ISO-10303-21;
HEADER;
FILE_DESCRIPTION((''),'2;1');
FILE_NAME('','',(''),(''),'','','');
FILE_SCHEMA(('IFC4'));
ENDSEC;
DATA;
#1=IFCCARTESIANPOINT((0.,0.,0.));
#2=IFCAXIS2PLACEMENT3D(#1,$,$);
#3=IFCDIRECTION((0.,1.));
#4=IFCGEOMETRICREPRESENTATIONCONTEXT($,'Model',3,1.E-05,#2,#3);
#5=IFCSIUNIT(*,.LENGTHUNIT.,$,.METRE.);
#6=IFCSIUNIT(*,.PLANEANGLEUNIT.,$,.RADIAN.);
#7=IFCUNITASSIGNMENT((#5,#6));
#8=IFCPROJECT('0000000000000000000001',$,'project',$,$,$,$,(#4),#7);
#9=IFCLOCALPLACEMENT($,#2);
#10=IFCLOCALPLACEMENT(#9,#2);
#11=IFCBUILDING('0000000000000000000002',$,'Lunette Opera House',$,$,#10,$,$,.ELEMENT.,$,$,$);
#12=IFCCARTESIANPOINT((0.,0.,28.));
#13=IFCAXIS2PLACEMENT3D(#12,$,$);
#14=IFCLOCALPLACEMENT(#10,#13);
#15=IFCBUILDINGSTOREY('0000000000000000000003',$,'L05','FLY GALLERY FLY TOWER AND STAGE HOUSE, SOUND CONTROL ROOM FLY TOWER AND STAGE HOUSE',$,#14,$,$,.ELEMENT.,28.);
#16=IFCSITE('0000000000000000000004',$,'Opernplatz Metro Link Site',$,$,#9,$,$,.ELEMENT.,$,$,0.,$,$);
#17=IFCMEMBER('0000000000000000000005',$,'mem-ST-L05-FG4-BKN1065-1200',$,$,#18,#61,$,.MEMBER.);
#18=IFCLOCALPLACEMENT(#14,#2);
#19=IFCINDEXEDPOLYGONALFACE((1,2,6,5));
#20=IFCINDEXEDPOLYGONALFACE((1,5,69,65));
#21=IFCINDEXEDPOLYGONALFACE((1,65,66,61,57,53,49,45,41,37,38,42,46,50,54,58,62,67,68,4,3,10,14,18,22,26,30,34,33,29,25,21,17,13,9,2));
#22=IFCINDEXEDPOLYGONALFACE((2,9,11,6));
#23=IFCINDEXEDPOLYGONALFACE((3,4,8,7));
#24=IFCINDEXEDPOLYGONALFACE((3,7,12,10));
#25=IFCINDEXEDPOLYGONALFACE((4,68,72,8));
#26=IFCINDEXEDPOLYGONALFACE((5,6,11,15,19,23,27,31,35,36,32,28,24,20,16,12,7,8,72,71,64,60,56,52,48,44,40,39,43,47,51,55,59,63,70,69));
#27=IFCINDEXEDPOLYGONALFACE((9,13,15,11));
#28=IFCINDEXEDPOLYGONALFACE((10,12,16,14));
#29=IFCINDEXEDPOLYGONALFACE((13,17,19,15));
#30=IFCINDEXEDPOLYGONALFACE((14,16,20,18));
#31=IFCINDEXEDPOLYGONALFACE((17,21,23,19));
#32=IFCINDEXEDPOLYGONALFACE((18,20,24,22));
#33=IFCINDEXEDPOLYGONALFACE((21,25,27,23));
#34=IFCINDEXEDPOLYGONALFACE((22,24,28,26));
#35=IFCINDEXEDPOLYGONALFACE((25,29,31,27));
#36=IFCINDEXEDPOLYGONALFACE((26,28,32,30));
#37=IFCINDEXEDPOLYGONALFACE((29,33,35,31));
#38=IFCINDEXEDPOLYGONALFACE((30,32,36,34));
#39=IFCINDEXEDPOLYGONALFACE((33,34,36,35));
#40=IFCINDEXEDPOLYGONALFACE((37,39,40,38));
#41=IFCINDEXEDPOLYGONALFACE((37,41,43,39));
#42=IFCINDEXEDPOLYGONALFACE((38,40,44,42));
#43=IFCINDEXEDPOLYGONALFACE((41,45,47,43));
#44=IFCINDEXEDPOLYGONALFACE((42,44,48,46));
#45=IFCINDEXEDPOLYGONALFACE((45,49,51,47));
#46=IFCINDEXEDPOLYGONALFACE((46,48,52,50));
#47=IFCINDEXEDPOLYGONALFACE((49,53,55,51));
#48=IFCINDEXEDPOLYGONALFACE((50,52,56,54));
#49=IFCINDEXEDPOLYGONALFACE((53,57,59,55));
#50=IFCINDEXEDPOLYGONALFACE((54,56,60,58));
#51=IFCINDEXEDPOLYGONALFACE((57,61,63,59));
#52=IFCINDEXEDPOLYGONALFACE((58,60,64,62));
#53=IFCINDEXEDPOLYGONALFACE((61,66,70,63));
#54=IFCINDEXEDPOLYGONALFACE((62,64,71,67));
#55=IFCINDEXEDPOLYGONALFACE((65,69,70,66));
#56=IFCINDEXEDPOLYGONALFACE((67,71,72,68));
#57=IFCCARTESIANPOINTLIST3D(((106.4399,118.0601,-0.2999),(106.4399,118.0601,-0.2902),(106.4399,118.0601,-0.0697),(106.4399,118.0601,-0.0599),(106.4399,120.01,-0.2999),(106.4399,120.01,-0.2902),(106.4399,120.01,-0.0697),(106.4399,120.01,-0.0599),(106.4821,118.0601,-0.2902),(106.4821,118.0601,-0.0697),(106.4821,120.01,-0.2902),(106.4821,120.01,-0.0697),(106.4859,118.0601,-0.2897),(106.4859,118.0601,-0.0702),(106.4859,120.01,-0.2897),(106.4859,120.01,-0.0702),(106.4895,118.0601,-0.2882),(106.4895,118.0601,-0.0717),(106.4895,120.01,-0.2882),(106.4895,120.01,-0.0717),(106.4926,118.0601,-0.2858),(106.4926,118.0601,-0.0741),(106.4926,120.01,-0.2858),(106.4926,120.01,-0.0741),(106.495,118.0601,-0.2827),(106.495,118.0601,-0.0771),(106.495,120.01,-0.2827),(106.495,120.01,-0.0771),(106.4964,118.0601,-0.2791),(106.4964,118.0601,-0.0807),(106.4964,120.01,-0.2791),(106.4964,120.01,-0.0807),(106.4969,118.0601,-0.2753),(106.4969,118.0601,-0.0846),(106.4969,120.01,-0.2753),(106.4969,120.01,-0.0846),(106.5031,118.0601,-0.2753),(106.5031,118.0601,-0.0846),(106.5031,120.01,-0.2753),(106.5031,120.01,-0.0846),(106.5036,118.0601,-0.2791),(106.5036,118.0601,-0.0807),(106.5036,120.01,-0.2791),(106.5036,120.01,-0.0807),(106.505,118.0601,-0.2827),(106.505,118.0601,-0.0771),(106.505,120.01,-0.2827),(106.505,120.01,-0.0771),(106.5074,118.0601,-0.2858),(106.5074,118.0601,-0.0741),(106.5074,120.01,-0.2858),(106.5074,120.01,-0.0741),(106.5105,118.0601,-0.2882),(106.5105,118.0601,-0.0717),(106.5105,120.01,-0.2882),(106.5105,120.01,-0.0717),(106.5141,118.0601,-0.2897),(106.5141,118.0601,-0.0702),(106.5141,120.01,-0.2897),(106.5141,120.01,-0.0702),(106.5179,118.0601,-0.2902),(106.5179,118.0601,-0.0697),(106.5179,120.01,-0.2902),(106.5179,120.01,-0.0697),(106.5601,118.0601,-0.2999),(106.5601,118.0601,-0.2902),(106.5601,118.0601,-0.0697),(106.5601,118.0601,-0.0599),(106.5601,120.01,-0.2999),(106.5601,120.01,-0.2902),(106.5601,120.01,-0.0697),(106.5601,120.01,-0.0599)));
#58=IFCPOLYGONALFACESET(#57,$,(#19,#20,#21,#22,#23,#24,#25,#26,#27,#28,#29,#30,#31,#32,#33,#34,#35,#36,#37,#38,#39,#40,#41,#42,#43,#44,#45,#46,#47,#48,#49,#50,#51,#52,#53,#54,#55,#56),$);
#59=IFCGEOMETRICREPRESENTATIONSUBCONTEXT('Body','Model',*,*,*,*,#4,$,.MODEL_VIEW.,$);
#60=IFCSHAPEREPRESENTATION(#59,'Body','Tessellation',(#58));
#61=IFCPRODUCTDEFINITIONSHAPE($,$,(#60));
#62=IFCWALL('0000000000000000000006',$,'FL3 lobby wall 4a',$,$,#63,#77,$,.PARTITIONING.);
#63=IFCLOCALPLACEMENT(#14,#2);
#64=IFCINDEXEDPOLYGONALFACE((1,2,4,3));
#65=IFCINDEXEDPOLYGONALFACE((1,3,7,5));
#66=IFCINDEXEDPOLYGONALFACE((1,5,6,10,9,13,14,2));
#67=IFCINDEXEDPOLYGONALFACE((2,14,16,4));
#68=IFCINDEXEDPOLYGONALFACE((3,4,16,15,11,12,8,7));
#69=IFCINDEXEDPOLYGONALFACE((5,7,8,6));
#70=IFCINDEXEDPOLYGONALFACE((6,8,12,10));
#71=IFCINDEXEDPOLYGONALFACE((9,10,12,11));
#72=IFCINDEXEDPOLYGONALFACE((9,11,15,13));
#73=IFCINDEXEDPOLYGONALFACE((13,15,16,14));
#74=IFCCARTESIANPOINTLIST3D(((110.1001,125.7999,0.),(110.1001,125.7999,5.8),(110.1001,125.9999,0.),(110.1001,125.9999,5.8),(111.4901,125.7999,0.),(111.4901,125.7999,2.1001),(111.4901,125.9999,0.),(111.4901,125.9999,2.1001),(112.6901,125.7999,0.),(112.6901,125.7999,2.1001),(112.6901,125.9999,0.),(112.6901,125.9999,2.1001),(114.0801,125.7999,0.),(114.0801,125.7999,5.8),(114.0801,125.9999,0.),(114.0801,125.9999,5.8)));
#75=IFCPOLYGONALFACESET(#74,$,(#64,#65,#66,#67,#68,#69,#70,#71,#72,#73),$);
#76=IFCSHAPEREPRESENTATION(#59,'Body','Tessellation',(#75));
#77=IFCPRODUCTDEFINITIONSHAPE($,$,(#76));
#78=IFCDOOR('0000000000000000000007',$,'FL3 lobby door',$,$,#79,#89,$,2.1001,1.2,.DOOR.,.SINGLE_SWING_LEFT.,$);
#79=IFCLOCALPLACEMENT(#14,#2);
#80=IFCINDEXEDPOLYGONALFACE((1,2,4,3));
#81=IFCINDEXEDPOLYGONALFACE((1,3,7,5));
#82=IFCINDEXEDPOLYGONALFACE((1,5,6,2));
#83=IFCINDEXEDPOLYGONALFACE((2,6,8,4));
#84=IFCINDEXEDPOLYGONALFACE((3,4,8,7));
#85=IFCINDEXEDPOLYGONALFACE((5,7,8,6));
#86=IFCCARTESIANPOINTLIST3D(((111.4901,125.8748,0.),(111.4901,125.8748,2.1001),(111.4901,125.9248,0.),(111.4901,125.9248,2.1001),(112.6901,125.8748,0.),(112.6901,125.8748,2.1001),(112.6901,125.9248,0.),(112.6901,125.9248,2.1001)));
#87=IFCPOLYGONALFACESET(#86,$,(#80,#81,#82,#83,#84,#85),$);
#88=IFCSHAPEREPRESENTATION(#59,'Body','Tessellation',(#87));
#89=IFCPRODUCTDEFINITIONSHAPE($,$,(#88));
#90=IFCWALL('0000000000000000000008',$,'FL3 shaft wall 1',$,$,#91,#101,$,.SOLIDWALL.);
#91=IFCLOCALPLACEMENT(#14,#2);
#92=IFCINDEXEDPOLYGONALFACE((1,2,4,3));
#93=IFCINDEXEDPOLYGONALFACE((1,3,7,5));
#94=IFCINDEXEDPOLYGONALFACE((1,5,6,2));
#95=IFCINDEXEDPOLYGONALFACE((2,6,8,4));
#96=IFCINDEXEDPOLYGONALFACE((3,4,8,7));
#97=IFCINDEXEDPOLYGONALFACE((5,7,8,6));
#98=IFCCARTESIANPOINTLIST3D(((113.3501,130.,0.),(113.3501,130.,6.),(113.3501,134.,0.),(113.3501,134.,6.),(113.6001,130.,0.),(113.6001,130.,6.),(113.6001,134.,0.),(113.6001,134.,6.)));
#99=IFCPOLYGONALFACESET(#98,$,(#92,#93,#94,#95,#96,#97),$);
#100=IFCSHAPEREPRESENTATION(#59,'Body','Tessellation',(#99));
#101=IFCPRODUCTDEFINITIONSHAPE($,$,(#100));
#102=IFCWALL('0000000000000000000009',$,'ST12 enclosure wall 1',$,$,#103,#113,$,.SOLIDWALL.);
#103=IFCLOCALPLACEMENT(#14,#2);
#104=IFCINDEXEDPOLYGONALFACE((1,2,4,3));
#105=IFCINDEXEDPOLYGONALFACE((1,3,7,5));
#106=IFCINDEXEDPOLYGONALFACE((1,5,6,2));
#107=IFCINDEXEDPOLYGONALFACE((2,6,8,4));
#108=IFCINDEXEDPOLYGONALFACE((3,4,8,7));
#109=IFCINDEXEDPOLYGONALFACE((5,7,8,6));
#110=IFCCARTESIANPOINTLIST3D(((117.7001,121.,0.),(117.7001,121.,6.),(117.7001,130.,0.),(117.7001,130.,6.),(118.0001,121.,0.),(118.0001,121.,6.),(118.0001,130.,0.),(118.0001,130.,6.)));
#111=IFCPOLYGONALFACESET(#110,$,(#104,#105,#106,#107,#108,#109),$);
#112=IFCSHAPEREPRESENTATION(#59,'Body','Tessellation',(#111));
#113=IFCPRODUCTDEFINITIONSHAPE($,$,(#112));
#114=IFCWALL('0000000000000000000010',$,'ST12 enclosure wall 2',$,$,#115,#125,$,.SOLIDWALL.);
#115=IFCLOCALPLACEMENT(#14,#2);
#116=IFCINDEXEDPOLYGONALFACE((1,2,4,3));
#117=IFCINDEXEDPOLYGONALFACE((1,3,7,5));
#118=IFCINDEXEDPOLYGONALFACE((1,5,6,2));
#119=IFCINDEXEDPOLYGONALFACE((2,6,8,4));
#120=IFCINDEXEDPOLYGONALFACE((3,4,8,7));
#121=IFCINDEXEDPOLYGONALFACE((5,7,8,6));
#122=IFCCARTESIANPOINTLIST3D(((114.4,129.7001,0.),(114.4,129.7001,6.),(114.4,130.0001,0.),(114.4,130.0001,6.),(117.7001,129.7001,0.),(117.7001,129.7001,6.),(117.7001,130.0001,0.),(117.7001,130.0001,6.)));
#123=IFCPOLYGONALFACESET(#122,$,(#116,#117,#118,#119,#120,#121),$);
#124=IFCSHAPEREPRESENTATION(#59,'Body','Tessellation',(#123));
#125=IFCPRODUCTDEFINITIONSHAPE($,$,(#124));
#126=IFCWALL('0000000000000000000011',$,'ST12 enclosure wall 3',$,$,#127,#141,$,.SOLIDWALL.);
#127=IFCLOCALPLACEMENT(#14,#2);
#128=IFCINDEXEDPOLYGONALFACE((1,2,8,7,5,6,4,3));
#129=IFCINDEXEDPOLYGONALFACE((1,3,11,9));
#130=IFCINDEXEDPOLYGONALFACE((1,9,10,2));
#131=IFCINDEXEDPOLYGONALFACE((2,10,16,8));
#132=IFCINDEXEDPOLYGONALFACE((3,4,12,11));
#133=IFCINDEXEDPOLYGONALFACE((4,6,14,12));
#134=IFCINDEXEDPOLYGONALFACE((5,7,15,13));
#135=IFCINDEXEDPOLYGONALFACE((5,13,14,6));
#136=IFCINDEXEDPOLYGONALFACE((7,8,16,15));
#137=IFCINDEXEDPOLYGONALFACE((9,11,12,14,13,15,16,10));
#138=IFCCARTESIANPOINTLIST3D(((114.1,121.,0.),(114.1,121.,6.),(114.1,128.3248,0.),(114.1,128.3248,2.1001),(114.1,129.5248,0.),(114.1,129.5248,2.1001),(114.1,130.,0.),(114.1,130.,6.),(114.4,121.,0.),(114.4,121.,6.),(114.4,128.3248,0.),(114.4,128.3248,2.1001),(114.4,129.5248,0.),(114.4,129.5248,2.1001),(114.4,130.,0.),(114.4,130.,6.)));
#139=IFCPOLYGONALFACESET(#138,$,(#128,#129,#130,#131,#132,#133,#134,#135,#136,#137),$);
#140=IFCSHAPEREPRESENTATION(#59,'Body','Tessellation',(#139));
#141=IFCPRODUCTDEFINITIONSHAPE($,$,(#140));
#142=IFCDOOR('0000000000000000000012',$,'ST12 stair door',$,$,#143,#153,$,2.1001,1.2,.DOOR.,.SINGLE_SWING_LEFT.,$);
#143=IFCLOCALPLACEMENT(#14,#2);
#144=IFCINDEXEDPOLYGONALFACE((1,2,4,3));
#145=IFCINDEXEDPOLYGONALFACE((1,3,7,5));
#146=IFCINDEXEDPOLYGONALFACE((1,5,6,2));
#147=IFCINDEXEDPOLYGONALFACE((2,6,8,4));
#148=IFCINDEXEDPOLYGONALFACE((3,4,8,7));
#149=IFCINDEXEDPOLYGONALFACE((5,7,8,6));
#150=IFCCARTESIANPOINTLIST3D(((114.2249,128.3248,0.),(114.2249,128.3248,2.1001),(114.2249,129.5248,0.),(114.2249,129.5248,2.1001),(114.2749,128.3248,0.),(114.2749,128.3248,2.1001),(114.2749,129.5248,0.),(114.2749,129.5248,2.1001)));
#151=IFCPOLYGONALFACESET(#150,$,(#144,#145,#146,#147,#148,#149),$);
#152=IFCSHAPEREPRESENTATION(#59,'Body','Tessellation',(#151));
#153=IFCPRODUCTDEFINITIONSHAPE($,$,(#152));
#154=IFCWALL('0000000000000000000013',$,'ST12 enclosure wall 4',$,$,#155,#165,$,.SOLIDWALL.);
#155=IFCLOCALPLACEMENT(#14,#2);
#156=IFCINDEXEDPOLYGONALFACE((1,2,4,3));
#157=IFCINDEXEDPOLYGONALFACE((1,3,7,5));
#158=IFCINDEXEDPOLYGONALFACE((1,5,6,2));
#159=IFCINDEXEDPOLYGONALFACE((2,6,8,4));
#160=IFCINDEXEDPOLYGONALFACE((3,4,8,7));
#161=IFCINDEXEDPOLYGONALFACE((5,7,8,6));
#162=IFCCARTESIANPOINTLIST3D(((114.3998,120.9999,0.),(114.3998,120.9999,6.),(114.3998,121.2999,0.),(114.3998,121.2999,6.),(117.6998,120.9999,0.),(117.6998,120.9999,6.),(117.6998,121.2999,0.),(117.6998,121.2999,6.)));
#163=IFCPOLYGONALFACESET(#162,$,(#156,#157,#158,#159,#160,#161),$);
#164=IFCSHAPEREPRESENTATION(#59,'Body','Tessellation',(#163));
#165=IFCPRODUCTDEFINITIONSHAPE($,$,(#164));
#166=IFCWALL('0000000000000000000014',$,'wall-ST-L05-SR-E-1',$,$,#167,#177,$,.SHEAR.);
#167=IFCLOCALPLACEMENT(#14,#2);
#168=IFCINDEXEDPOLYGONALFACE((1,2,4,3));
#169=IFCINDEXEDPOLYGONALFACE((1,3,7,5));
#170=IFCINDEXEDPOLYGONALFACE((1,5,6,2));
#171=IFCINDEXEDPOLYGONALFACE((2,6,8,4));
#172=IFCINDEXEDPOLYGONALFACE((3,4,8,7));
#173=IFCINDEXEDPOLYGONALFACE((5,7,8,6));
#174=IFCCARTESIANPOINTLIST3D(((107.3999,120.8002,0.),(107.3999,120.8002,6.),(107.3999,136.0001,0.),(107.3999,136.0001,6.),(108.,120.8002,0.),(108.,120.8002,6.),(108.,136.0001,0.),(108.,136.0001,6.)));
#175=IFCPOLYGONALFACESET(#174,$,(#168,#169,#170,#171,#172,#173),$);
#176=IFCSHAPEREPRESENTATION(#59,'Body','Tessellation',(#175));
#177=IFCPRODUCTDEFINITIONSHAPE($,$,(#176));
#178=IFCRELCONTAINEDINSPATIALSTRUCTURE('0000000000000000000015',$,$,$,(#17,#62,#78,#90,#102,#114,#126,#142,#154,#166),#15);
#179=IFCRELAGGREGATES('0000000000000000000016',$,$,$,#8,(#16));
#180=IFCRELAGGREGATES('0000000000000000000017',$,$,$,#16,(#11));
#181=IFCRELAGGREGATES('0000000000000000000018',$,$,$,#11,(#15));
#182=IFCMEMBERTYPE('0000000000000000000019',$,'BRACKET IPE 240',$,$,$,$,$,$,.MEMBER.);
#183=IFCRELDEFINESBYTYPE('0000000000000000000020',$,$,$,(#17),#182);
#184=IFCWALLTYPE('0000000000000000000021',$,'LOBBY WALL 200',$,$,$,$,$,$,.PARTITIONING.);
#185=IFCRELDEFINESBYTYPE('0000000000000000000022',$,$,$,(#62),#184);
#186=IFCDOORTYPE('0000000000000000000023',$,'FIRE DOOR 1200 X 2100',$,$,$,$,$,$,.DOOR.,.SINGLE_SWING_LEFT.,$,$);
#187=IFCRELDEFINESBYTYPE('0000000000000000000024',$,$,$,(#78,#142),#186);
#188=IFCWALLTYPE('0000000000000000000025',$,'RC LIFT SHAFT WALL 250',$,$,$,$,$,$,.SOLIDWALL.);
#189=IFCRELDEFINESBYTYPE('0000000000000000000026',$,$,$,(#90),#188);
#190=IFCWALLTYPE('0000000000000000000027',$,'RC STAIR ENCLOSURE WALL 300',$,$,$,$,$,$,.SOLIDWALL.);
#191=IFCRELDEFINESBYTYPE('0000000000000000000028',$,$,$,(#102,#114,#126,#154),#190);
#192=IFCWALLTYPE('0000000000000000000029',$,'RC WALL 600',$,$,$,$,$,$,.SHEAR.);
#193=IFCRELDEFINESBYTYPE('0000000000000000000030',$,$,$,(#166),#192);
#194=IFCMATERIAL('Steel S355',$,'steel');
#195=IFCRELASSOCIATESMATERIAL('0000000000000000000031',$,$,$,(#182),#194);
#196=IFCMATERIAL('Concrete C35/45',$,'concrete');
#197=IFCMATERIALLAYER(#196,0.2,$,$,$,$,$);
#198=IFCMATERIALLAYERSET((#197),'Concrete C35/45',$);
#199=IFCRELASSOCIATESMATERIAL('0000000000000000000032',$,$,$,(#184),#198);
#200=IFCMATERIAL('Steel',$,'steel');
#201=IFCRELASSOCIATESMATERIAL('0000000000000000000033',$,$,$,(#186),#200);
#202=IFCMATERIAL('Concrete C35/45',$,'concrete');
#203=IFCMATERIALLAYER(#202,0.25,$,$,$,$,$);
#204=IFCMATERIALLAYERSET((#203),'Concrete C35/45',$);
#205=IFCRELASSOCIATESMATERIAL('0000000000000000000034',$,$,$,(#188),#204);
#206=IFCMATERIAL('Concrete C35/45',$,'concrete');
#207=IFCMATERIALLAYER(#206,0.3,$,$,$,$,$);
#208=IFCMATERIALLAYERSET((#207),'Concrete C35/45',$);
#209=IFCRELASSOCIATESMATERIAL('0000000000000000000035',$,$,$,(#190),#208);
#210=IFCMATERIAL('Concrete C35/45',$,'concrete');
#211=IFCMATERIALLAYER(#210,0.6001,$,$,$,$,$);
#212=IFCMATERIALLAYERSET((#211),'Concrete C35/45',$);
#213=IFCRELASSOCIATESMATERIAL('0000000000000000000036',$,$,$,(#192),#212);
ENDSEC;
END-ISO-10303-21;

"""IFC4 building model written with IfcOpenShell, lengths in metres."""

from ifc_helpers import new_model, si_unit, direction, frame, frame_2d, origin, origin_2d, place, context, subcontext, project, spatial, rectangle, i_section, extrude, material, layer, layer_set, material_profile, profile_set, type_object, element, fill, save


model = new_model("IFC4")

# Units and contexts
model_context = context("Model", 3, precision=1e-05, world=origin(), true_north=direction((0.0, 1.0)))
body_context = subcontext(model_context, "Body", "Model", "MODEL_VIEW")
ifc_project = project(units=[si_unit("LENGTHUNIT", "METRE"), si_unit("PLANEANGLEUNIT", "RADIAN")], contexts=[model_context])

# Site, building, storey
site_placement = place(None, origin())
site = spatial("IfcSite", under=ifc_project, at=site_placement, Name="Opernplatz Metro Link Site", CompositionType="ELEMENT", RefElevation=0.0)
building_placement = place(site_placement, origin())
building = spatial("IfcBuilding", under=site, at=building_placement, Name="Lunette Opera House", CompositionType="ELEMENT")
storey_placement = place(building_placement, frame((0.0, 0.0, 28.0)))
storey = spatial("IfcBuildingStorey", under=building, at=storey_placement, Name="L05", Description="FLY GALLERY FLY TOWER AND STAGE HOUSE, SOUND CONTROL ROOM FLY TOWER AND STAGE HOUSE", CompositionType="ELEMENT", Elevation=28.0)

# Member
ifc_material_1 = material(Name="Steel S355", Category="steel")
ifc_material_profile = material_profile(ifc_material_1, i_section(OverallWidth=0.1201, OverallDepth=0.24, WebThickness=0.0061, FlangeThickness=0.0098, FilletRadius=0.0149, at=origin_2d()), Name="IPE 240")
ifc_profile_set = profile_set([ifc_material_profile], Name="Steel S355")
member_type = type_object("IfcMemberType", Name="BRACKET IPE 240", PredefinedType="MEMBER", material=ifc_profile_set)
member_placement = place(storey_placement, frame((106.5, 120.01, -0.1799), z_axis=(0.0, -1.0, 0.0), x_axis=(1.0, 0.0, 0.0)))
element("IfcMember", 1, at=member_placement, inside=storey, type_object=member_type, Name="mem-ST-L05-FG4-BKN1065-1200", PredefinedType="MEMBER", context=body_context, shape_type="SweptSolid", body=[
    extrude(i_section(OverallWidth=0.1201, OverallDepth=0.24, WebThickness=0.0061, FlangeThickness=0.0098, FilletRadius=0.0149, at=origin_2d()), origin(), (0.0, 0.0, 1.0), 1.95),
])

# Wall, opening, door
ifc_material_2 = material(Name="Concrete C35/45", Category="concrete")
ifc_layer_1 = layer(ifc_material_2, 0.2)
ifc_layer_set_1 = layer_set([ifc_layer_1], Name="Concrete C35/45")
wall_type_1 = type_object("IfcWallType", Name="LOBBY WALL 200", PredefinedType="PARTITIONING", material=ifc_layer_set_1)
wall_1_placement = place(storey_placement, frame((110.1001, 125.8999, 0.0), z_axis=(0.0, 0.0, 1.0), x_axis=(1.0, 0.0, 0.0)))
wall_1 = element("IfcWall", 2, at=wall_1_placement, inside=storey, type_object=wall_type_1, Name="FL3 lobby wall 4a", PredefinedType="PARTITIONING", context=body_context, shape_type="SweptSolid", body=[
    extrude(rectangle(XDim=3.98, YDim=0.2, at=frame_2d((1.99, 0.0))), origin(), (0.0, 0.0, 1.0), 5.8),
])
opening_1_placement = place(wall_1_placement, frame((1.3899, 0.0, 0.0)))
opening_1 = element("IfcOpeningElement", 3, at=opening_1_placement, cuts=wall_1, PredefinedType="OPENING", context=body_context, shape_type="SweptSolid", body=[
    extrude(rectangle(XDim=1.2, YDim=2.1001, at=frame_2d((0.6001, 1.05))), frame((0.0, 0.1121, 0.0), z_axis=(0.0, -1.0, 0.0), x_axis=(1.0, 0.0, 0.0)), (0.0, 0.0, 1.0), 0.2239),
])
ifc_material_3 = material(Name="Steel", Category="steel")
door_type = type_object("IfcDoorType", Name="FIRE DOOR 1200 X 2100", OperationType="SINGLE_SWING_LEFT", PredefinedType="DOOR", material=ifc_material_3)
door_1_placement = place(opening_1_placement, origin())
door_1 = element("IfcDoor", 4, at=door_1_placement, inside=storey, type_object=door_type, Name="FL3 lobby door", OperationType="SINGLE_SWING_LEFT", OverallHeight=2.1001, OverallWidth=1.2, PredefinedType="DOOR", context=body_context, shape_type="SweptSolid", body=[
    extrude(rectangle(XDim=1.2, YDim=2.1001, at=frame_2d((0.6001, 1.05))), frame((0.0, 0.0249, 0.0), z_axis=(0.0, -1.0, 0.0), x_axis=(1.0, 0.0, 0.0)), (0.0, 0.0, 1.0), 0.05),
])
fill(opening_1, door_1)

# Walls
ifc_material_4 = material(Name="Concrete C35/45", Category="concrete")
ifc_layer_2 = layer(ifc_material_4, 0.25)
ifc_layer_set_2 = layer_set([ifc_layer_2], Name="Concrete C35/45")
wall_type_2 = type_object("IfcWallType", Name="RC LIFT SHAFT WALL 250", PredefinedType="SOLIDWALL", material=ifc_layer_set_2)
wall_2_placement = place(storey_placement, frame((113.4751, 130.0, 0.0), z_axis=(0.0, 0.0, 1.0), x_axis=(0.0, 1.0, 0.0)))
element("IfcWall", 5, at=wall_2_placement, inside=storey, type_object=wall_type_2, Name="FL3 shaft wall 1", PredefinedType="SOLIDWALL", context=body_context, shape_type="SweptSolid", body=[
    extrude(rectangle(XDim=4.0, YDim=0.25, at=frame_2d((2.0, 0.0))), origin(), (0.0, 0.0, 1.0), 6.0),
])
ifc_material_5 = material(Name="Concrete C35/45", Category="concrete")
ifc_layer_3 = layer(ifc_material_5, 0.3)
ifc_layer_set_3 = layer_set([ifc_layer_3], Name="Concrete C35/45")
wall_type_3 = type_object("IfcWallType", Name="RC STAIR ENCLOSURE WALL 300", PredefinedType="SOLIDWALL", material=ifc_layer_set_3)
wall_3_placement = place(storey_placement, frame((117.8501, 121.0, 0.0), z_axis=(0.0, 0.0, 1.0), x_axis=(0.0, 1.0, 0.0)))
element("IfcWall", 6, at=wall_3_placement, inside=storey, type_object=wall_type_3, Name="ST12 enclosure wall 1", PredefinedType="SOLIDWALL", context=body_context, shape_type="SweptSolid", body=[
    extrude(rectangle(XDim=9.0, YDim=0.3, at=frame_2d((4.5, 0.0))), origin(), (0.0, 0.0, 1.0), 6.0),
])
wall_4_placement = place(storey_placement, frame((117.7, 129.8501, 0.0), z_axis=(0.0, 0.0, 1.0), x_axis=(-1.0, 0.0, 0.0)))
element("IfcWall", 7, at=wall_4_placement, inside=storey, type_object=wall_type_3, Name="ST12 enclosure wall 2", PredefinedType="SOLIDWALL", context=body_context, shape_type="SweptSolid", body=[
    extrude(rectangle(XDim=3.3, YDim=0.3, at=frame_2d((1.6499, 0.0))), origin(), (0.0, 0.0, 1.0), 6.0),
])

# Wall, opening, door
wall_5_placement = place(storey_placement, frame((114.25, 130.0, 0.0), z_axis=(0.0, 0.0, 1.0), x_axis=(0.0, -1.0, 0.0)))
wall_5 = element("IfcWall", 8, at=wall_5_placement, inside=storey, type_object=wall_type_3, Name="ST12 enclosure wall 3", PredefinedType="SOLIDWALL", context=body_context, shape_type="SweptSolid", body=[
    extrude(rectangle(XDim=9.0, YDim=0.3, at=frame_2d((4.5, 0.0))), origin(), (0.0, 0.0, 1.0), 6.0),
])
opening_2_placement = place(wall_5_placement, frame((0.4751, 0.0, 0.0)))
opening_2 = element("IfcOpeningElement", 9, at=opening_2_placement, cuts=wall_5, PredefinedType="OPENING", context=body_context, shape_type="SweptSolid", body=[
    extrude(rectangle(XDim=1.2, YDim=2.1001, at=frame_2d((0.6001, 1.05))), frame((0.0, 0.1621, 0.0), z_axis=(0.0, -1.0, 0.0), x_axis=(1.0, 0.0, 0.0)), (0.0, 0.0, 1.0), 0.324),
])
door_2_placement = place(opening_2_placement, origin())
door_2 = element("IfcDoor", 10, at=door_2_placement, inside=storey, type_object=door_type, Name="ST12 stair door", OperationType="SINGLE_SWING_LEFT", OverallHeight=2.1001, OverallWidth=1.2, PredefinedType="DOOR", context=body_context, shape_type="SweptSolid", body=[
    extrude(rectangle(XDim=1.2, YDim=2.1001, at=frame_2d((0.6001, 1.05))), frame((0.0, 0.0249, 0.0), z_axis=(0.0, -1.0, 0.0), x_axis=(1.0, 0.0, 0.0)), (0.0, 0.0, 1.0), 0.05),
])
fill(opening_2, door_2)

# Walls
wall_6_placement = place(storey_placement, frame((114.3999, 121.1499, 0.0), z_axis=(0.0, 0.0, 1.0), x_axis=(1.0, 0.0, 0.0)))
element("IfcWall", 11, at=wall_6_placement, inside=storey, type_object=wall_type_3, Name="ST12 enclosure wall 4", PredefinedType="SOLIDWALL", context=body_context, shape_type="SweptSolid", body=[
    extrude(rectangle(XDim=3.3, YDim=0.3, at=frame_2d((1.6499, 0.0))), origin(), (0.0, 0.0, 1.0), 6.0),
])
ifc_material_6 = material(Name="Concrete C35/45", Category="concrete")
ifc_layer_4 = layer(ifc_material_6, 0.6001)
ifc_layer_set_4 = layer_set([ifc_layer_4], Name="Concrete C35/45")
wall_type_4 = type_object("IfcWallType", Name="RC WALL 600", PredefinedType="SHEAR", material=ifc_layer_set_4)
wall_7_placement = place(storey_placement, frame((107.7, 120.8, 0.0), z_axis=(0.0, 0.0, 1.0), x_axis=(0.0, 1.0, 0.0)))
element("IfcWall", 12, at=wall_7_placement, inside=storey, type_object=wall_type_4, Name="wall-ST-L05-SR-E-1", PredefinedType="SHEAR", context=body_context, shape_type="SweptSolid", body=[
    extrude(rectangle(XDim=15.2, YDim=0.6001, at=frame_2d((7.6001, 0.0))), origin(), (0.0, 0.0, 1.0), 6.0),
])

save(model, "model.ifc")
